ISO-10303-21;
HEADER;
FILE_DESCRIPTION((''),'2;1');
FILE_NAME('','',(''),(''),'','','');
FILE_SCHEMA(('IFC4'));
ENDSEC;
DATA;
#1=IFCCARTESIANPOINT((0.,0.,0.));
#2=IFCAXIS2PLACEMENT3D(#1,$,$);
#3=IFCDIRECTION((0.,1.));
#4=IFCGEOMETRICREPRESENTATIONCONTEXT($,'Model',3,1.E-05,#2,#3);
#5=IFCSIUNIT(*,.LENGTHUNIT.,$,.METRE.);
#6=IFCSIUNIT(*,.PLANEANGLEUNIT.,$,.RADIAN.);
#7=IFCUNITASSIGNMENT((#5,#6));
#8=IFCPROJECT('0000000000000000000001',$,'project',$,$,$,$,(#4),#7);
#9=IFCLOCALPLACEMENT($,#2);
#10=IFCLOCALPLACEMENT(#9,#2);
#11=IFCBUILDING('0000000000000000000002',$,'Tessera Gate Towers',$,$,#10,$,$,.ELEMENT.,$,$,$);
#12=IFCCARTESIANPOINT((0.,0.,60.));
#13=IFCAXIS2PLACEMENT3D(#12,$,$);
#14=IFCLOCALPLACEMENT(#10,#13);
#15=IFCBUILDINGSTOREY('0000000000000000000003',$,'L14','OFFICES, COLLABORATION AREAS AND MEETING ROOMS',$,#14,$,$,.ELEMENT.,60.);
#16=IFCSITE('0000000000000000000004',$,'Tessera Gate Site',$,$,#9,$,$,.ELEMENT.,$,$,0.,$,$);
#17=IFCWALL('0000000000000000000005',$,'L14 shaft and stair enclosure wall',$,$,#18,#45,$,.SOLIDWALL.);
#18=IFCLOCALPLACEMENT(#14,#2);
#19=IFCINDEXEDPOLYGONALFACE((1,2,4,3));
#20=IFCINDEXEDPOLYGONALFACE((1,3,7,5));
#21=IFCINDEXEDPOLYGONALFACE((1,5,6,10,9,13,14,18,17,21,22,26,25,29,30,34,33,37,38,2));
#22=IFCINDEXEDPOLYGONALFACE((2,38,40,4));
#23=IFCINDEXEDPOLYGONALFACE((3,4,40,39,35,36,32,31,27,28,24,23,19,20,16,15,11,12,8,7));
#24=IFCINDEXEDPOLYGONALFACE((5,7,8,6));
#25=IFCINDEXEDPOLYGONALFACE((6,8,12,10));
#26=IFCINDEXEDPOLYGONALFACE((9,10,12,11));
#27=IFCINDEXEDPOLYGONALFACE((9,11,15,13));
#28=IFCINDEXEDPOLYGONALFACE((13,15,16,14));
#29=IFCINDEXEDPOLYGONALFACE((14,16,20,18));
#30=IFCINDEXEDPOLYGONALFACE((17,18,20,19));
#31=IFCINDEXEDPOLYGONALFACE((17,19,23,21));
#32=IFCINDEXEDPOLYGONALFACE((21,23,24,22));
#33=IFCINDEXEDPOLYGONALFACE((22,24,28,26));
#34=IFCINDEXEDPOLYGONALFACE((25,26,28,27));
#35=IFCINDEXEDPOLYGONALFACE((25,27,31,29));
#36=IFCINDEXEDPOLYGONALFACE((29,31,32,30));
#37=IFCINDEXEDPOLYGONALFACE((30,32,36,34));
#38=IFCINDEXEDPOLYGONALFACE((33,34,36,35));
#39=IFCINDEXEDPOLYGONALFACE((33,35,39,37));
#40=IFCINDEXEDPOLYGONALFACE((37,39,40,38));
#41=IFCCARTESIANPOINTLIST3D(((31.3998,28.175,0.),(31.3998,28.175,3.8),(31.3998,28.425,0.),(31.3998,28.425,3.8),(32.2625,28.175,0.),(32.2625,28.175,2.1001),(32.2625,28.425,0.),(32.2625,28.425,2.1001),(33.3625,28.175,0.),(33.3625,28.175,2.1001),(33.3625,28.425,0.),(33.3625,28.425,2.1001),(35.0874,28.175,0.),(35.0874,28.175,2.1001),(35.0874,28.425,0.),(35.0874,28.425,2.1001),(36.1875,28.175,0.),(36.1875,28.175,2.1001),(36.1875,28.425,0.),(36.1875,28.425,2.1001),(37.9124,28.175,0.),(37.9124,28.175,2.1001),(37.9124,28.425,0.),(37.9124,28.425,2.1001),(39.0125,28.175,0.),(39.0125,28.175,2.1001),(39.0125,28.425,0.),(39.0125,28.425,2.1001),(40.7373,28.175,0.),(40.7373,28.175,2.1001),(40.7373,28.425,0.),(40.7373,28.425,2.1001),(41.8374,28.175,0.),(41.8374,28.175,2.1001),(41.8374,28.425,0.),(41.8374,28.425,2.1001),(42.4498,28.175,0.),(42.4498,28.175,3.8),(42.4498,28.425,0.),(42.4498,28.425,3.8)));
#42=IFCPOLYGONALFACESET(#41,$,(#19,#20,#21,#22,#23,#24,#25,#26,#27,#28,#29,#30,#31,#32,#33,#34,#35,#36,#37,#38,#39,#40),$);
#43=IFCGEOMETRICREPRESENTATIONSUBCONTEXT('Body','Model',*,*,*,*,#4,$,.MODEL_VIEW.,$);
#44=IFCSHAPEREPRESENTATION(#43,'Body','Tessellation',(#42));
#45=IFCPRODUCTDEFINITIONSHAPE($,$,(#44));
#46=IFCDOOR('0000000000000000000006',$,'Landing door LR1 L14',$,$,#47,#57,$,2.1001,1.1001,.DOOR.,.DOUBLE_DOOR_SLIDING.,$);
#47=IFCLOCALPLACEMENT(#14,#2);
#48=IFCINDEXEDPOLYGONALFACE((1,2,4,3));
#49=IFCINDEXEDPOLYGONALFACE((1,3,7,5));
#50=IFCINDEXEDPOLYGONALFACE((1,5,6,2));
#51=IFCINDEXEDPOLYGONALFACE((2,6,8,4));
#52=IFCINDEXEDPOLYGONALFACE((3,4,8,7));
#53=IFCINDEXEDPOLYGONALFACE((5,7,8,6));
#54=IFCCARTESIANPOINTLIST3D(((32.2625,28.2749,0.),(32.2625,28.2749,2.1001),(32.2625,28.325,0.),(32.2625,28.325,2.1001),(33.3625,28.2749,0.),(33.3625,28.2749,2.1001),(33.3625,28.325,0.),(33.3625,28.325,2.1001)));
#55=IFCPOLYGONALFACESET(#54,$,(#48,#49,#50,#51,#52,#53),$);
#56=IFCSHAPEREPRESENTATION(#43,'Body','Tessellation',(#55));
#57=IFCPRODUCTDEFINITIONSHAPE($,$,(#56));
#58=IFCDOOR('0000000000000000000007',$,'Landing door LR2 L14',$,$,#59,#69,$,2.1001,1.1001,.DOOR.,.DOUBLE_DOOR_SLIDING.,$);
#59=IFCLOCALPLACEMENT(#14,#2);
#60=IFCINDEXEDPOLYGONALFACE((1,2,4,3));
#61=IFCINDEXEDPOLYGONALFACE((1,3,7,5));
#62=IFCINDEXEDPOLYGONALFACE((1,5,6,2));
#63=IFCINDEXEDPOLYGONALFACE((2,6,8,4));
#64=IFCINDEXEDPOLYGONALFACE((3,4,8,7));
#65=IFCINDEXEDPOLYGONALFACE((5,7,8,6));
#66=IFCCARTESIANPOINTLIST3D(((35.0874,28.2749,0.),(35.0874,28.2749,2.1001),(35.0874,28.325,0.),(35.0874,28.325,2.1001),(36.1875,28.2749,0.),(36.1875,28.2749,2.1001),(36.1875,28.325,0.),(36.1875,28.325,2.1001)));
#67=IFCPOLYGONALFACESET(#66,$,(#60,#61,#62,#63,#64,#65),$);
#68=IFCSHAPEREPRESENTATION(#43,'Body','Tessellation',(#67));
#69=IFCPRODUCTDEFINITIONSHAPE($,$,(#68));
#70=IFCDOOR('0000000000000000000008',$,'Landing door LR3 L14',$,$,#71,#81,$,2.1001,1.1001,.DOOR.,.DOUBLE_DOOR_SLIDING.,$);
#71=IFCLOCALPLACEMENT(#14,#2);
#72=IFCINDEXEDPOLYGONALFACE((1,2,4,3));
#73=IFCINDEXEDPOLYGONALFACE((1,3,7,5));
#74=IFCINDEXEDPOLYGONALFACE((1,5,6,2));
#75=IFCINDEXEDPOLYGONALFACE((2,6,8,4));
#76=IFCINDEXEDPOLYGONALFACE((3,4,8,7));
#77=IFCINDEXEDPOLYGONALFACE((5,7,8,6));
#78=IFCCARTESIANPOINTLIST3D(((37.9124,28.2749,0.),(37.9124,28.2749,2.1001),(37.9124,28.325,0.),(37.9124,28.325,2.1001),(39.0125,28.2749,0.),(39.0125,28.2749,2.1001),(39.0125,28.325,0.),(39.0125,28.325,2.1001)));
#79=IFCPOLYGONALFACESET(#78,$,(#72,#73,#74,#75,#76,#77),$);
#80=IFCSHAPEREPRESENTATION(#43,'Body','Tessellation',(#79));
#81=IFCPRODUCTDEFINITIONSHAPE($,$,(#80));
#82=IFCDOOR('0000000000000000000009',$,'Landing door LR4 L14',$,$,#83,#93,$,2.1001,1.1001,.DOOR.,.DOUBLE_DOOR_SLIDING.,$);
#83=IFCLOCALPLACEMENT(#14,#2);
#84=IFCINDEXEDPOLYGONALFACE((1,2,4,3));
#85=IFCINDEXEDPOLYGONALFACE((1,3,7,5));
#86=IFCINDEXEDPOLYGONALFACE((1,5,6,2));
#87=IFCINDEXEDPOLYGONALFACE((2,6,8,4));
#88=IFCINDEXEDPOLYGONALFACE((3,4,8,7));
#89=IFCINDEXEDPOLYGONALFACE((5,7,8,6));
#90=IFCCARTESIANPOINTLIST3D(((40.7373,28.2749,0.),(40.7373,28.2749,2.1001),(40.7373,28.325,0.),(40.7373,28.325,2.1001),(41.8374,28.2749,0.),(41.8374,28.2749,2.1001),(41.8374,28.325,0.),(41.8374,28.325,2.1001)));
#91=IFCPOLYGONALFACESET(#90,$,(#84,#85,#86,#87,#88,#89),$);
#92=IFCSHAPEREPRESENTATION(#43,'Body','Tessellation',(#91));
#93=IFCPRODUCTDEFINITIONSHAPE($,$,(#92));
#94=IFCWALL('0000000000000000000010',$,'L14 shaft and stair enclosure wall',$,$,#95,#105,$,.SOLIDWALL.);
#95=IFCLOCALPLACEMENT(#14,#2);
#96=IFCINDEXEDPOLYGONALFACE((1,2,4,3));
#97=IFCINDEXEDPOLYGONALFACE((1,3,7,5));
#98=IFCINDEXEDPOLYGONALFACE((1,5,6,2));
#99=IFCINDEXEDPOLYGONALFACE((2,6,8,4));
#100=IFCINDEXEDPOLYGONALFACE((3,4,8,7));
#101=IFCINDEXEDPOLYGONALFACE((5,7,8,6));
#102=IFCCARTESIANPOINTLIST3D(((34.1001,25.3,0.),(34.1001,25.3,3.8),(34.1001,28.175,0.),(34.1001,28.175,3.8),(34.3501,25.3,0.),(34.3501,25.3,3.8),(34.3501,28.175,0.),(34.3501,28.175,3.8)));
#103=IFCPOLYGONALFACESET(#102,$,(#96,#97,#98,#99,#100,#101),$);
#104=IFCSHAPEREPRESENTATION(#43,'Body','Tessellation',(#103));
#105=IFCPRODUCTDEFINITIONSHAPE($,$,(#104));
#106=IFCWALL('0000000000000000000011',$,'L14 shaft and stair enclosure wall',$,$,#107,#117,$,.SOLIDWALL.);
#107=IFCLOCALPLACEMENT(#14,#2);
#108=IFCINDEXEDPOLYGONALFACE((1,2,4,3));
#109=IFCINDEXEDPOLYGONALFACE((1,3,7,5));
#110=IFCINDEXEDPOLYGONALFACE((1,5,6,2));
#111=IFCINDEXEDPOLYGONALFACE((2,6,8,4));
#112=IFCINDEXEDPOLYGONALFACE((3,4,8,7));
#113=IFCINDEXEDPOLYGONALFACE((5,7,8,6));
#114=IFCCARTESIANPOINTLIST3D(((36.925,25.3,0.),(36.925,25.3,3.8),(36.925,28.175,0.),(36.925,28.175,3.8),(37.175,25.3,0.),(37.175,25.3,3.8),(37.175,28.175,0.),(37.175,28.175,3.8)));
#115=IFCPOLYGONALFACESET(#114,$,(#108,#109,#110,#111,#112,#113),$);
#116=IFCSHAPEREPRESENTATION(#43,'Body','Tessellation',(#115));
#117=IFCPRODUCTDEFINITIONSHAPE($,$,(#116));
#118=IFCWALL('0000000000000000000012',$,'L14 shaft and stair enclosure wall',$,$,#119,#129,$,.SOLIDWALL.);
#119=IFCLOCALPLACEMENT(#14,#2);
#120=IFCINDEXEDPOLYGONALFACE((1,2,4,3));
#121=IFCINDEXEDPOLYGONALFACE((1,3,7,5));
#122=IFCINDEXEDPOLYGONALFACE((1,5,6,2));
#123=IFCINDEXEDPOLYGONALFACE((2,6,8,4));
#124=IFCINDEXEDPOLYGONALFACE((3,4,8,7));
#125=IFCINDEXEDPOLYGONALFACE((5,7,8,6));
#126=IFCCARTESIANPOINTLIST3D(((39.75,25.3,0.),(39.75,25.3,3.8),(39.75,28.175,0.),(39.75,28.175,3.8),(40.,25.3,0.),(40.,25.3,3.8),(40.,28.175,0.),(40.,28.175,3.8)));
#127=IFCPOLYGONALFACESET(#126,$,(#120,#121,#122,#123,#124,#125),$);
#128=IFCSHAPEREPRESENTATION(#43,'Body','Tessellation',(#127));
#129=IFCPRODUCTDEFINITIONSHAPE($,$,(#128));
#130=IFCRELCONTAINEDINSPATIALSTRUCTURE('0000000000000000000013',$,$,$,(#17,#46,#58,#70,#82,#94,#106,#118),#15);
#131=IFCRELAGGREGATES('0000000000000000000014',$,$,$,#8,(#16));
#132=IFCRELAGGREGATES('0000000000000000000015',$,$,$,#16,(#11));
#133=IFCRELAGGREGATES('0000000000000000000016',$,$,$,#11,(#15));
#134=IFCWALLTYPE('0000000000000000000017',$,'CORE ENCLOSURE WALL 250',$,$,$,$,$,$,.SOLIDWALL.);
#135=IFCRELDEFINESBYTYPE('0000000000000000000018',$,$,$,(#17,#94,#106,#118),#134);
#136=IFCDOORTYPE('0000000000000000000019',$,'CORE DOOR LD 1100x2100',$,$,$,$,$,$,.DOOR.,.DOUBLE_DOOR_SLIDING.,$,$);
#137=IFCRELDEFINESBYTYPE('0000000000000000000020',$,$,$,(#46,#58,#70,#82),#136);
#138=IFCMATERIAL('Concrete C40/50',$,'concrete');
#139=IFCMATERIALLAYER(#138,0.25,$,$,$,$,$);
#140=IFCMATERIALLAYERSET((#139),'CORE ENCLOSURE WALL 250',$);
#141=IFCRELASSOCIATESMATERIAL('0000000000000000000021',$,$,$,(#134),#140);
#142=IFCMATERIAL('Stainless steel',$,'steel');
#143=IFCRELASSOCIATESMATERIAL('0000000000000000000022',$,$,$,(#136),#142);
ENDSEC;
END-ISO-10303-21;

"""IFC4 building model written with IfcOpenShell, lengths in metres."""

from ifc_helpers import new_model, si_unit, direction, frame, frame_2d, origin, place, context, subcontext, project, spatial, rectangle, extrude, source, transform, mapped, material, layer, layer_set, type_object, element, fill, save


model = new_model("IFC4")

# Units and contexts
model_context = context("Model", 3, precision=1e-05, world=origin(), true_north=direction((0.0, 1.0)))
body_context = subcontext(model_context, "Body", "Model", "MODEL_VIEW")
ifc_project = project(units=[si_unit("LENGTHUNIT", "METRE"), si_unit("PLANEANGLEUNIT", "RADIAN")], contexts=[model_context])

# Site, building, storey
site_placement = place(None, origin())
site = spatial("IfcSite", under=ifc_project, at=site_placement, Name="Tessera Gate Site", CompositionType="ELEMENT", RefElevation=0.0)
building_placement = place(site_placement, origin())
building = spatial("IfcBuilding", under=site, at=building_placement, Name="Tessera Gate Towers", CompositionType="ELEMENT")
storey_placement = place(building_placement, frame((0.0, 0.0, 60.0)))
storey = spatial("IfcBuildingStorey", under=building, at=storey_placement, Name="L14", Description="OFFICES, COLLABORATION AREAS AND MEETING ROOMS", CompositionType="ELEMENT", Elevation=60.0)

# Wall, openings, doors
ifc_material_1 = material(Name="Concrete C40/50", Category="concrete")
ifc_layer_1 = layer(ifc_material_1, 0.25)
ifc_layer_set_1 = layer_set([ifc_layer_1], Name="CORE ENCLOSURE WALL 250")
wall_type_1 = type_object("IfcWallType", Name="CORE ENCLOSURE WALL 250", PredefinedType="SOLIDWALL", material=ifc_layer_set_1)
shared_shape_1 = source(origin(), body_context, "Body", "SweptSolid", [
    extrude(rectangle(XDim=1.1001, YDim=2.1001, at=frame_2d((0.55, 1.05))), frame((0.0, 0.135, 0.0), z_axis=(0.0, -1.0, 0.0), x_axis=(1.0, 0.0, 0.0)), (0.0, 0.0, 1.0), 0.27),
])
ifc_material_2 = material(Name="Stainless steel", Category="steel")
door_type_1 = type_object("IfcDoorType", Name="CORE DOOR LD 1100x2100", OperationType="DOUBLE_DOOR_SLIDING", PredefinedType="DOOR", material=ifc_material_2)
shared_shape_2 = source(origin(), body_context, "Body", "SweptSolid", [
    extrude(rectangle(XDim=1.1001, YDim=2.1001, at=frame_2d((0.55, 1.05))), frame((0.0, 0.0249, 0.0), z_axis=(0.0, -1.0, 0.0), x_axis=(1.0, 0.0, 0.0)), (0.0, 0.0, 1.0), 0.05),
])
wall_1_placement = place(storey_placement, frame((31.3999, 28.3, 0.0), z_axis=(0.0, 0.0, 1.0), x_axis=(1.0, 0.0, 0.0)))
wall_1 = element("IfcWall", 1, at=wall_1_placement, inside=storey, type_object=wall_type_1, Name="L14 shaft and stair enclosure wall", PredefinedType="SOLIDWALL", context=body_context, shape_type="SweptSolid", body=[
    extrude(rectangle(XDim=11.05, YDim=0.25, at=frame_2d((5.5249, 0.0))), origin(), (0.0, 0.0, 1.0), 3.8),
])
opening_1_placement = place(wall_1_placement, frame((0.8625, 0.0, 0.0)))
opening_1 = element("IfcOpeningElement", 2, at=opening_1_placement, cuts=wall_1, PredefinedType="OPENING", context=body_context, shape_type="MappedRepresentation", body=[
    mapped(shared_shape_1, transform((0.0, 0.0, 0.0), scale=1.0)),
])
opening_2_placement = place(wall_1_placement, frame((3.6875, 0.0, 0.0)))
opening_2 = element("IfcOpeningElement", 3, at=opening_2_placement, cuts=wall_1, PredefinedType="OPENING", context=body_context, shape_type="MappedRepresentation", body=[
    mapped(shared_shape_1, transform((0.0, 0.0, 0.0), scale=1.0)),
])
opening_3_placement = place(wall_1_placement, frame((6.5125, 0.0, 0.0)))
opening_3 = element("IfcOpeningElement", 4, at=opening_3_placement, cuts=wall_1, PredefinedType="OPENING", context=body_context, shape_type="MappedRepresentation", body=[
    mapped(shared_shape_1, transform((0.0, 0.0, 0.0), scale=1.0)),
])
opening_4_placement = place(wall_1_placement, frame((9.3374, 0.0, 0.0)))
opening_4 = element("IfcOpeningElement", 5, at=opening_4_placement, cuts=wall_1, PredefinedType="OPENING", context=body_context, shape_type="MappedRepresentation", body=[
    mapped(shared_shape_1, transform((0.0, 0.0, 0.0), scale=1.0)),
])
door_1_placement = place(opening_1_placement, origin())
door_1 = element("IfcDoor", 6, at=door_1_placement, inside=storey, type_object=door_type_1, Name="Landing door LR1 L14", OperationType="DOUBLE_DOOR_SLIDING", OverallHeight=2.1001, OverallWidth=1.1001, PredefinedType="DOOR", context=body_context, shape_type="MappedRepresentation", body=[
    mapped(shared_shape_2, transform((0.0, 0.0, 0.0), scale=1.0)),
])
fill(opening_1, door_1)
door_2_placement = place(opening_2_placement, origin())
door_2 = element("IfcDoor", 7, at=door_2_placement, inside=storey, type_object=door_type_1, Name="Landing door LR2 L14", OperationType="DOUBLE_DOOR_SLIDING", OverallHeight=2.1001, OverallWidth=1.1001, PredefinedType="DOOR", context=body_context, shape_type="MappedRepresentation", body=[
    mapped(shared_shape_2, transform((0.0, 0.0, 0.0), scale=1.0)),
])
fill(opening_2, door_2)
door_3_placement = place(opening_3_placement, origin())
door_3 = element("IfcDoor", 8, at=door_3_placement, inside=storey, type_object=door_type_1, Name="Landing door LR3 L14", OperationType="DOUBLE_DOOR_SLIDING", OverallHeight=2.1001, OverallWidth=1.1001, PredefinedType="DOOR", context=body_context, shape_type="MappedRepresentation", body=[
    mapped(shared_shape_2, transform((0.0, 0.0, 0.0), scale=1.0)),
])
fill(opening_3, door_3)
door_4_placement = place(opening_4_placement, origin())
door_4 = element("IfcDoor", 9, at=door_4_placement, inside=storey, type_object=door_type_1, Name="Landing door LR4 L14", OperationType="DOUBLE_DOOR_SLIDING", OverallHeight=2.1001, OverallWidth=1.1001, PredefinedType="DOOR", context=body_context, shape_type="MappedRepresentation", body=[
    mapped(shared_shape_2, transform((0.0, 0.0, 0.0), scale=1.0)),
])
fill(opening_4, door_4)

# Walls
for number, where, z_axis, x_axis, name in (
    (10, (34.2251, 25.3, 0.0), (0.0, 0.0, 1.0), (0.0, 1.0, 0.0), "L14 shaft and stair enclosure wall"),
    (11, (37.05, 25.3, 0.0), (0.0, 0.0, 1.0), (0.0, 1.0, 0.0), "L14 shaft and stair enclosure wall"),
    (12, (39.875, 25.3, 0.0), (0.0, 0.0, 1.0), (0.0, 1.0, 0.0), "L14 shaft and stair enclosure wall"),
):
    element("IfcWall", number, at=place(storey_placement, frame(where, z_axis=z_axis, x_axis=x_axis)), inside=storey, type_object=wall_type_1, Name=name, PredefinedType="SOLIDWALL", context=body_context, shape_type="SweptSolid", body=[
        extrude(rectangle(XDim=2.875, YDim=0.25, at=frame_2d((1.4375, 0.0))), origin(), (0.0, 0.0, 1.0), 3.8),
    ])

save(model, "model.ifc")
